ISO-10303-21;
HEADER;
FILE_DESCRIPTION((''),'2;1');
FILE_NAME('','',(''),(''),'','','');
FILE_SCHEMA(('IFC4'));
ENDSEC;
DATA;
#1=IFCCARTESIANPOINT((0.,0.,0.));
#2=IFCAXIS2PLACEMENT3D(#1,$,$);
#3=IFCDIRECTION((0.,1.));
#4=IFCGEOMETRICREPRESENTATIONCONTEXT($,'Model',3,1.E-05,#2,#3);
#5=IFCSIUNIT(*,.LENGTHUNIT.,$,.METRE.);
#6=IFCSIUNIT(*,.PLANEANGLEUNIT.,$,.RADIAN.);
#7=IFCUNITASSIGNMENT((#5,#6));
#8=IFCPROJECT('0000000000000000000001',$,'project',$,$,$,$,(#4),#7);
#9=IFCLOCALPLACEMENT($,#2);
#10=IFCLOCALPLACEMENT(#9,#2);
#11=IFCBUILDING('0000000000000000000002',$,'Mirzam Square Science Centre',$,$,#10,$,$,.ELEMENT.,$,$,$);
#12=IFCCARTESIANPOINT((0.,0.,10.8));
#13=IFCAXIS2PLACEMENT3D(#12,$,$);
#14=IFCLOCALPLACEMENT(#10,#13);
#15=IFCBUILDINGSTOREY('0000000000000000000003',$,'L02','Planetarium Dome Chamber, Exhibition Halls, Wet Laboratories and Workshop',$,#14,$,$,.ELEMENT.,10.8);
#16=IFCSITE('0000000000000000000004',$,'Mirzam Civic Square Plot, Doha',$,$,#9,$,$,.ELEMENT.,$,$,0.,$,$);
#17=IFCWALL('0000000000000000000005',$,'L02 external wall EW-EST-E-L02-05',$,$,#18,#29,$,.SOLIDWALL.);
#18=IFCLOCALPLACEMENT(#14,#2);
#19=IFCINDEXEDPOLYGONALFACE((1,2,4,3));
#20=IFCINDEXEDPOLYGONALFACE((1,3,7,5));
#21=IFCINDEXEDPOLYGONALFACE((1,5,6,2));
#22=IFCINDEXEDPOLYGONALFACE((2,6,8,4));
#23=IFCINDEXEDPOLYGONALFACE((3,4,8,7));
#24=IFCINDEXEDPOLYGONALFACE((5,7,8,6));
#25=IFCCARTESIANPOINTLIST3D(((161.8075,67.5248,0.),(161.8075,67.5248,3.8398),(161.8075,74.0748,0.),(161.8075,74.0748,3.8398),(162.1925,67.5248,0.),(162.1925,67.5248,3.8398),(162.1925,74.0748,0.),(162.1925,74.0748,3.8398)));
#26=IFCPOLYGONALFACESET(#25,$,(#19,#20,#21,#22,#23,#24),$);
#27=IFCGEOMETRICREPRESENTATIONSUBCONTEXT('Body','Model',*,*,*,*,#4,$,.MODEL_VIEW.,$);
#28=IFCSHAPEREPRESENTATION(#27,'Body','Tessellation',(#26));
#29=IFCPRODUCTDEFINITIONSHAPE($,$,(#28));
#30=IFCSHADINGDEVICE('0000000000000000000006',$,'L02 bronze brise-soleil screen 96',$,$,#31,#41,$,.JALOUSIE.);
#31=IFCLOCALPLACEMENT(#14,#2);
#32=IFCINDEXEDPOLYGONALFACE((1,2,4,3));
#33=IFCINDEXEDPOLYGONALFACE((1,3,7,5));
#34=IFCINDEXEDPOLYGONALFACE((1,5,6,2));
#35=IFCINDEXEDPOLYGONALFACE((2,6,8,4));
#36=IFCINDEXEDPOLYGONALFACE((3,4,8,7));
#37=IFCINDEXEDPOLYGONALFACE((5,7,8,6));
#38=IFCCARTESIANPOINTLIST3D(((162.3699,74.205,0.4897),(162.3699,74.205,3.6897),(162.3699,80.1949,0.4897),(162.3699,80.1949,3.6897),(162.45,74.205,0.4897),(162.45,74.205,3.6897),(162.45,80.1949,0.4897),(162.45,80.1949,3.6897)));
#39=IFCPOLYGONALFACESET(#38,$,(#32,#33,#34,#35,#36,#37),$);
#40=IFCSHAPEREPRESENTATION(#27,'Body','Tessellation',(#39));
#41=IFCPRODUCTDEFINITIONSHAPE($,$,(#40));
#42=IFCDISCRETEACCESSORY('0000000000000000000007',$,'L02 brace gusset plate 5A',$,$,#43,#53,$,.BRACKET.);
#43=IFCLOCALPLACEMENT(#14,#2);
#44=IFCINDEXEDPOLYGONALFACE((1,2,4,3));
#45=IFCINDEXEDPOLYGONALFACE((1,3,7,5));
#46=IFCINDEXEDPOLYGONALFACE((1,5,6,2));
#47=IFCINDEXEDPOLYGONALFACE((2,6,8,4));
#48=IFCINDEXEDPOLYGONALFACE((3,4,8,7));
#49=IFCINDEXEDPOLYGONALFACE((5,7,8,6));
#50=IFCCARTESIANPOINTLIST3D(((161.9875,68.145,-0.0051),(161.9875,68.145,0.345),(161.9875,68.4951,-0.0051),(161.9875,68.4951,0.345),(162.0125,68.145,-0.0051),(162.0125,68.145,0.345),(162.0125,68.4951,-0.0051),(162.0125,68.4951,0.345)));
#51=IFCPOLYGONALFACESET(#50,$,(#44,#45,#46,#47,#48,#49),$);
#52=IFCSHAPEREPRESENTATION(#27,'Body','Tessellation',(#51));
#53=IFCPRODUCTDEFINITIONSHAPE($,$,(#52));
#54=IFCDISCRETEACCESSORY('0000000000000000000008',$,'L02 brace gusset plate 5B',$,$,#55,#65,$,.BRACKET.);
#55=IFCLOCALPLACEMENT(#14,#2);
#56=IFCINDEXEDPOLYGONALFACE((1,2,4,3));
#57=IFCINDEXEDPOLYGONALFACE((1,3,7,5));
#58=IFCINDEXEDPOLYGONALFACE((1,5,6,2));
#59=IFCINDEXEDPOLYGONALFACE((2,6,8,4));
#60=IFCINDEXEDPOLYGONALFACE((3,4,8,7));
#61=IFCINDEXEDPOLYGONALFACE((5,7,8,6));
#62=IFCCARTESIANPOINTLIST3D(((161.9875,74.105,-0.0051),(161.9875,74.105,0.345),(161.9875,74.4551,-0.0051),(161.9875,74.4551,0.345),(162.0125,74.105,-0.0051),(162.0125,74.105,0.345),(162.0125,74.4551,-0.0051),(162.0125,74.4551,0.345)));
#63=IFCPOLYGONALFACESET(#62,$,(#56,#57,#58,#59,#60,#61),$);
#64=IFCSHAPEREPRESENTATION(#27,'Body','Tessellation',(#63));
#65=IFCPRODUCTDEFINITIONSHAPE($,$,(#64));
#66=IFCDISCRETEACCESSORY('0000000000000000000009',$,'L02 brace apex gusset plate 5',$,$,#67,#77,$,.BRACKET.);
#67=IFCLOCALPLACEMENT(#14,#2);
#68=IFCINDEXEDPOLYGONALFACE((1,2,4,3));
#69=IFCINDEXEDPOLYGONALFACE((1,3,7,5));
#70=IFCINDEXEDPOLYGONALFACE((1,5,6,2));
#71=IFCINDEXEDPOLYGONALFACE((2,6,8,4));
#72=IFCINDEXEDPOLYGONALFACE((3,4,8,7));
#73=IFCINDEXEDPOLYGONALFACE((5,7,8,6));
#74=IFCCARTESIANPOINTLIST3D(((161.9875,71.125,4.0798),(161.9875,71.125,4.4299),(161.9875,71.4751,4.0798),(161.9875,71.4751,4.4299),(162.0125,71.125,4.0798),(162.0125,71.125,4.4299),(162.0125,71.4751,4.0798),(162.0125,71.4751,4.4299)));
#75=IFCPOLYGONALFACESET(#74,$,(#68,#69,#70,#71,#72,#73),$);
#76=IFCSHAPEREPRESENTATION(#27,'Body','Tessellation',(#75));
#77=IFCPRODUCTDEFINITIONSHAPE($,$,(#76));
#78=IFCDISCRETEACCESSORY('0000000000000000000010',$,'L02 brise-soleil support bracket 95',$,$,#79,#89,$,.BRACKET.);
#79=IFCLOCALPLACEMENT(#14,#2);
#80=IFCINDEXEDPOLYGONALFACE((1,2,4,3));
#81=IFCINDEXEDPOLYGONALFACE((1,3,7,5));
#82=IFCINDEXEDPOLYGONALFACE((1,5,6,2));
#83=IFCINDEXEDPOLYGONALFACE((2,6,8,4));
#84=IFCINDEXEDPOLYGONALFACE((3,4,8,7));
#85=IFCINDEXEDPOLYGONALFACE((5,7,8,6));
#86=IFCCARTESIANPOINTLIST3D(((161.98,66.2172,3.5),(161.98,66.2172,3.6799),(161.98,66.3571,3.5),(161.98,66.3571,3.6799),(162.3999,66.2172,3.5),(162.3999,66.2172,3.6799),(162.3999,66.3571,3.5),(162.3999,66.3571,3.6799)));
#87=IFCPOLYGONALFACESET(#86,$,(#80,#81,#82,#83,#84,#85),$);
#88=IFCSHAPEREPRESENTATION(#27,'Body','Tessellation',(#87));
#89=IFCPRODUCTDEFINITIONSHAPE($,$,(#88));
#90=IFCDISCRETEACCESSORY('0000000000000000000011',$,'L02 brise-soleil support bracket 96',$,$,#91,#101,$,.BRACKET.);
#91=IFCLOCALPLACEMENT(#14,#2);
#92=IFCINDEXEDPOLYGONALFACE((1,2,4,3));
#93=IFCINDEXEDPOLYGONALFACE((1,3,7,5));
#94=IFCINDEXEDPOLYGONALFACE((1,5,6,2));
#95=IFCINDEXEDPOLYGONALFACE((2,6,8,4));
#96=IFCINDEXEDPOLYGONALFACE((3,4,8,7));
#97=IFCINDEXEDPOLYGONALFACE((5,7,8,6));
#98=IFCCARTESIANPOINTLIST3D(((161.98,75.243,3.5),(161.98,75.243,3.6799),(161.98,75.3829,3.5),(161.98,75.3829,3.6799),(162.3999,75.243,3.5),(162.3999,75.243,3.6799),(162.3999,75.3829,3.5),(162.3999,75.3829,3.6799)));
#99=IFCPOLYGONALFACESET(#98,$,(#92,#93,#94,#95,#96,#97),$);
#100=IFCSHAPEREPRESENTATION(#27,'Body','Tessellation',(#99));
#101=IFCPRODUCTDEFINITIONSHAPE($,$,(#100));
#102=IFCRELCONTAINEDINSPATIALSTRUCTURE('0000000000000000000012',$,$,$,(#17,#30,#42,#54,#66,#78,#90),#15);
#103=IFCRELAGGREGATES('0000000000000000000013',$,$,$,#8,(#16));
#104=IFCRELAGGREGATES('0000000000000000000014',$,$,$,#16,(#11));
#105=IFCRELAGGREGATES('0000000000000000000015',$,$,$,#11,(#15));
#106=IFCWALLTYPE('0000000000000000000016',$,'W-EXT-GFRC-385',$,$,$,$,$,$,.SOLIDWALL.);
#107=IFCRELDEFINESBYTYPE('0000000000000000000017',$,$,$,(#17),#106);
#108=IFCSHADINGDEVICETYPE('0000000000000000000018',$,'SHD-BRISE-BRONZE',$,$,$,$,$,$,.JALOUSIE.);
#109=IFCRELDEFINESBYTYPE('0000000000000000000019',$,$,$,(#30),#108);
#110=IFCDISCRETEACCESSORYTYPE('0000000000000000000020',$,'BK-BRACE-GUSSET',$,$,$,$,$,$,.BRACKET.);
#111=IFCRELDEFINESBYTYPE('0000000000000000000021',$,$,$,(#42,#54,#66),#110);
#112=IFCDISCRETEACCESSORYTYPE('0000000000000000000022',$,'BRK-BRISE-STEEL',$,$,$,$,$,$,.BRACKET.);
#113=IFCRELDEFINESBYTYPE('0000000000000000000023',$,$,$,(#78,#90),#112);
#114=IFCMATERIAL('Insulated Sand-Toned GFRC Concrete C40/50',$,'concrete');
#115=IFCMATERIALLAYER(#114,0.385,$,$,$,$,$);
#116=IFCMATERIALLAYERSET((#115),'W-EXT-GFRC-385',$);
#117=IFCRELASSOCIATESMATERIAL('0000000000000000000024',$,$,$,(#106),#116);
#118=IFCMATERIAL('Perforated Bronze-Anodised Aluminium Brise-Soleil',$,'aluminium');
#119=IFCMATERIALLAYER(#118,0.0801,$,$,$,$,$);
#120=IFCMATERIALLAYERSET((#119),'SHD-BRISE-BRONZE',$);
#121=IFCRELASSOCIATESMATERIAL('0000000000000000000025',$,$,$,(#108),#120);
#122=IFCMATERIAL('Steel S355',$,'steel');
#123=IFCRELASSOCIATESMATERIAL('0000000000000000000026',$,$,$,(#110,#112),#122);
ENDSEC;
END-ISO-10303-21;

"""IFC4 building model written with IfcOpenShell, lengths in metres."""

from ifc_helpers import new_model, si_unit, direction, frame, frame_2d, origin, origin_2d, place, context, subcontext, project, spatial, rectangle, extrude, material, layer, layer_set, type_object, element, save


model = new_model("IFC4")

# Units and contexts
model_context = context("Model", 3, precision=1e-05, world=origin(), true_north=direction((0.0, 1.0)))
body_context = subcontext(model_context, "Body", "Model", "MODEL_VIEW")
ifc_project = project(units=[si_unit("LENGTHUNIT", "METRE"), si_unit("PLANEANGLEUNIT", "RADIAN")], contexts=[model_context])

# Site, building, storey
site_placement = place(None, origin())
site = spatial("IfcSite", under=ifc_project, at=site_placement, Name="Mirzam Civic Square Plot, Doha", CompositionType="ELEMENT", RefElevation=0.0)
building_placement = place(site_placement, origin())
building = spatial("IfcBuilding", under=site, at=building_placement, Name="Mirzam Square Science Centre", CompositionType="ELEMENT")
storey_placement = place(building_placement, frame((0.0, 0.0, 10.8)))
storey = spatial("IfcBuildingStorey", under=building, at=storey_placement, Name="L02", Description="Planetarium Dome Chamber, Exhibition Halls, Wet Laboratories and Workshop", CompositionType="ELEMENT", Elevation=10.8)

# Shared definitions
ifc_material_1 = material(Name="Steel S355", Category="steel")

# Wall
ifc_material_2 = material(Name="Insulated Sand-Toned GFRC Concrete C40/50", Category="concrete")
ifc_layer_1 = layer(ifc_material_2, 0.385)
ifc_layer_set_1 = layer_set([ifc_layer_1], Name="W-EXT-GFRC-385")
wall_type = type_object("IfcWallType", Name="W-EXT-GFRC-385", PredefinedType="SOLIDWALL", material=ifc_layer_set_1)
wall_placement = place(storey_placement, frame((162.0, 67.5249, 0.0), z_axis=(0.0, 0.0, 1.0), x_axis=(0.0, 1.0, 0.0)))
element("IfcWall", 1, at=wall_placement, inside=storey, type_object=wall_type, Name="L02 external wall EW-EST-E-L02-05", PredefinedType="SOLIDWALL", context=body_context, shape_type="SweptSolid", body=[
    extrude(rectangle(XDim=6.55, YDim=0.385, at=frame_2d((3.2749, 0.0))), origin(), (0.0, 0.0, 1.0), 3.8398),
])

# Shading device
ifc_material_3 = material(Name="Perforated Bronze-Anodised Aluminium Brise-Soleil", Category="aluminium")
ifc_layer_2 = layer(ifc_material_3, 0.0801)
ifc_layer_set_2 = layer_set([ifc_layer_2], Name="SHD-BRISE-BRONZE")
shading_device_type = type_object("IfcShadingDeviceType", Name="SHD-BRISE-BRONZE", PredefinedType="JALOUSIE", material=ifc_layer_set_2)
shading_device_placement = place(storey_placement, frame((162.4099, 77.2, 0.4897), z_axis=(0.0, 0.0, 1.0), x_axis=(0.0, 1.0, 0.0)))
element("IfcShadingDevice", 2, at=shading_device_placement, inside=storey, type_object=shading_device_type, Name="L02 bronze brise-soleil screen 96", PredefinedType="JALOUSIE", context=body_context, shape_type="SweptSolid", body=[
    extrude(rectangle(XDim=5.99, YDim=0.0801, at=origin_2d()), origin(), (0.0, 0.0, 1.0), 3.2),
])

# Discrete accessories
discrete_accessory_type_1 = type_object("IfcDiscreteAccessoryType", Name="BK-BRACE-GUSSET", PredefinedType="BRACKET", material=ifc_material_1)
for number, where, z_axis, x_axis, name in (
    (3, (162.0, 68.3201, -0.0051), (0.0, 0.0, 1.0), (0.0, 1.0, 0.0), "L02 brace gusset plate 5A"),
    (4, (162.0, 74.28, -0.0051), (0.0, 0.0, 1.0), (0.0, 1.0, 0.0), "L02 brace gusset plate 5B"),
    (5, (162.0, 71.3, 4.0798), (0.0, 0.0, 1.0), (0.0, 1.0, 0.0), "L02 brace apex gusset plate 5"),
):
    element("IfcDiscreteAccessory", number, at=place(storey_placement, frame(where, z_axis=z_axis, x_axis=x_axis)), inside=storey, type_object=discrete_accessory_type_1, Name=name, PredefinedType="BRACKET", context=body_context, shape_type="SweptSolid", body=[
        extrude(rectangle(XDim=0.3501, YDim=0.0249, at=origin_2d()), origin(), (0.0, 0.0, 1.0), 0.3501),
    ])
discrete_accessory_type_2 = type_object("IfcDiscreteAccessoryType", Name="BRK-BRISE-STEEL", PredefinedType="BRACKET", material=ifc_material_1)
for number, where, z_axis, x_axis, name in (
    (6, (162.1899, 66.2871, 3.5), (0.0, 0.0, 1.0), (0.0, 1.0, 0.0), "L02 brise-soleil support bracket 95"),
    (7, (162.1899, 75.313, 3.5), (0.0, 0.0, 1.0), (0.0, 1.0, 0.0), "L02 brise-soleil support bracket 96"),
):
    element("IfcDiscreteAccessory", number, at=place(storey_placement, frame(where, z_axis=z_axis, x_axis=x_axis)), inside=storey, type_object=discrete_accessory_type_2, Name=name, PredefinedType="BRACKET", context=body_context, shape_type="SweptSolid", body=[
        extrude(rectangle(XDim=0.1399, YDim=0.4199, at=origin_2d()), origin(), (0.0, 0.0, 1.0), 0.1799),
    ])

save(model, "model.ifc")
